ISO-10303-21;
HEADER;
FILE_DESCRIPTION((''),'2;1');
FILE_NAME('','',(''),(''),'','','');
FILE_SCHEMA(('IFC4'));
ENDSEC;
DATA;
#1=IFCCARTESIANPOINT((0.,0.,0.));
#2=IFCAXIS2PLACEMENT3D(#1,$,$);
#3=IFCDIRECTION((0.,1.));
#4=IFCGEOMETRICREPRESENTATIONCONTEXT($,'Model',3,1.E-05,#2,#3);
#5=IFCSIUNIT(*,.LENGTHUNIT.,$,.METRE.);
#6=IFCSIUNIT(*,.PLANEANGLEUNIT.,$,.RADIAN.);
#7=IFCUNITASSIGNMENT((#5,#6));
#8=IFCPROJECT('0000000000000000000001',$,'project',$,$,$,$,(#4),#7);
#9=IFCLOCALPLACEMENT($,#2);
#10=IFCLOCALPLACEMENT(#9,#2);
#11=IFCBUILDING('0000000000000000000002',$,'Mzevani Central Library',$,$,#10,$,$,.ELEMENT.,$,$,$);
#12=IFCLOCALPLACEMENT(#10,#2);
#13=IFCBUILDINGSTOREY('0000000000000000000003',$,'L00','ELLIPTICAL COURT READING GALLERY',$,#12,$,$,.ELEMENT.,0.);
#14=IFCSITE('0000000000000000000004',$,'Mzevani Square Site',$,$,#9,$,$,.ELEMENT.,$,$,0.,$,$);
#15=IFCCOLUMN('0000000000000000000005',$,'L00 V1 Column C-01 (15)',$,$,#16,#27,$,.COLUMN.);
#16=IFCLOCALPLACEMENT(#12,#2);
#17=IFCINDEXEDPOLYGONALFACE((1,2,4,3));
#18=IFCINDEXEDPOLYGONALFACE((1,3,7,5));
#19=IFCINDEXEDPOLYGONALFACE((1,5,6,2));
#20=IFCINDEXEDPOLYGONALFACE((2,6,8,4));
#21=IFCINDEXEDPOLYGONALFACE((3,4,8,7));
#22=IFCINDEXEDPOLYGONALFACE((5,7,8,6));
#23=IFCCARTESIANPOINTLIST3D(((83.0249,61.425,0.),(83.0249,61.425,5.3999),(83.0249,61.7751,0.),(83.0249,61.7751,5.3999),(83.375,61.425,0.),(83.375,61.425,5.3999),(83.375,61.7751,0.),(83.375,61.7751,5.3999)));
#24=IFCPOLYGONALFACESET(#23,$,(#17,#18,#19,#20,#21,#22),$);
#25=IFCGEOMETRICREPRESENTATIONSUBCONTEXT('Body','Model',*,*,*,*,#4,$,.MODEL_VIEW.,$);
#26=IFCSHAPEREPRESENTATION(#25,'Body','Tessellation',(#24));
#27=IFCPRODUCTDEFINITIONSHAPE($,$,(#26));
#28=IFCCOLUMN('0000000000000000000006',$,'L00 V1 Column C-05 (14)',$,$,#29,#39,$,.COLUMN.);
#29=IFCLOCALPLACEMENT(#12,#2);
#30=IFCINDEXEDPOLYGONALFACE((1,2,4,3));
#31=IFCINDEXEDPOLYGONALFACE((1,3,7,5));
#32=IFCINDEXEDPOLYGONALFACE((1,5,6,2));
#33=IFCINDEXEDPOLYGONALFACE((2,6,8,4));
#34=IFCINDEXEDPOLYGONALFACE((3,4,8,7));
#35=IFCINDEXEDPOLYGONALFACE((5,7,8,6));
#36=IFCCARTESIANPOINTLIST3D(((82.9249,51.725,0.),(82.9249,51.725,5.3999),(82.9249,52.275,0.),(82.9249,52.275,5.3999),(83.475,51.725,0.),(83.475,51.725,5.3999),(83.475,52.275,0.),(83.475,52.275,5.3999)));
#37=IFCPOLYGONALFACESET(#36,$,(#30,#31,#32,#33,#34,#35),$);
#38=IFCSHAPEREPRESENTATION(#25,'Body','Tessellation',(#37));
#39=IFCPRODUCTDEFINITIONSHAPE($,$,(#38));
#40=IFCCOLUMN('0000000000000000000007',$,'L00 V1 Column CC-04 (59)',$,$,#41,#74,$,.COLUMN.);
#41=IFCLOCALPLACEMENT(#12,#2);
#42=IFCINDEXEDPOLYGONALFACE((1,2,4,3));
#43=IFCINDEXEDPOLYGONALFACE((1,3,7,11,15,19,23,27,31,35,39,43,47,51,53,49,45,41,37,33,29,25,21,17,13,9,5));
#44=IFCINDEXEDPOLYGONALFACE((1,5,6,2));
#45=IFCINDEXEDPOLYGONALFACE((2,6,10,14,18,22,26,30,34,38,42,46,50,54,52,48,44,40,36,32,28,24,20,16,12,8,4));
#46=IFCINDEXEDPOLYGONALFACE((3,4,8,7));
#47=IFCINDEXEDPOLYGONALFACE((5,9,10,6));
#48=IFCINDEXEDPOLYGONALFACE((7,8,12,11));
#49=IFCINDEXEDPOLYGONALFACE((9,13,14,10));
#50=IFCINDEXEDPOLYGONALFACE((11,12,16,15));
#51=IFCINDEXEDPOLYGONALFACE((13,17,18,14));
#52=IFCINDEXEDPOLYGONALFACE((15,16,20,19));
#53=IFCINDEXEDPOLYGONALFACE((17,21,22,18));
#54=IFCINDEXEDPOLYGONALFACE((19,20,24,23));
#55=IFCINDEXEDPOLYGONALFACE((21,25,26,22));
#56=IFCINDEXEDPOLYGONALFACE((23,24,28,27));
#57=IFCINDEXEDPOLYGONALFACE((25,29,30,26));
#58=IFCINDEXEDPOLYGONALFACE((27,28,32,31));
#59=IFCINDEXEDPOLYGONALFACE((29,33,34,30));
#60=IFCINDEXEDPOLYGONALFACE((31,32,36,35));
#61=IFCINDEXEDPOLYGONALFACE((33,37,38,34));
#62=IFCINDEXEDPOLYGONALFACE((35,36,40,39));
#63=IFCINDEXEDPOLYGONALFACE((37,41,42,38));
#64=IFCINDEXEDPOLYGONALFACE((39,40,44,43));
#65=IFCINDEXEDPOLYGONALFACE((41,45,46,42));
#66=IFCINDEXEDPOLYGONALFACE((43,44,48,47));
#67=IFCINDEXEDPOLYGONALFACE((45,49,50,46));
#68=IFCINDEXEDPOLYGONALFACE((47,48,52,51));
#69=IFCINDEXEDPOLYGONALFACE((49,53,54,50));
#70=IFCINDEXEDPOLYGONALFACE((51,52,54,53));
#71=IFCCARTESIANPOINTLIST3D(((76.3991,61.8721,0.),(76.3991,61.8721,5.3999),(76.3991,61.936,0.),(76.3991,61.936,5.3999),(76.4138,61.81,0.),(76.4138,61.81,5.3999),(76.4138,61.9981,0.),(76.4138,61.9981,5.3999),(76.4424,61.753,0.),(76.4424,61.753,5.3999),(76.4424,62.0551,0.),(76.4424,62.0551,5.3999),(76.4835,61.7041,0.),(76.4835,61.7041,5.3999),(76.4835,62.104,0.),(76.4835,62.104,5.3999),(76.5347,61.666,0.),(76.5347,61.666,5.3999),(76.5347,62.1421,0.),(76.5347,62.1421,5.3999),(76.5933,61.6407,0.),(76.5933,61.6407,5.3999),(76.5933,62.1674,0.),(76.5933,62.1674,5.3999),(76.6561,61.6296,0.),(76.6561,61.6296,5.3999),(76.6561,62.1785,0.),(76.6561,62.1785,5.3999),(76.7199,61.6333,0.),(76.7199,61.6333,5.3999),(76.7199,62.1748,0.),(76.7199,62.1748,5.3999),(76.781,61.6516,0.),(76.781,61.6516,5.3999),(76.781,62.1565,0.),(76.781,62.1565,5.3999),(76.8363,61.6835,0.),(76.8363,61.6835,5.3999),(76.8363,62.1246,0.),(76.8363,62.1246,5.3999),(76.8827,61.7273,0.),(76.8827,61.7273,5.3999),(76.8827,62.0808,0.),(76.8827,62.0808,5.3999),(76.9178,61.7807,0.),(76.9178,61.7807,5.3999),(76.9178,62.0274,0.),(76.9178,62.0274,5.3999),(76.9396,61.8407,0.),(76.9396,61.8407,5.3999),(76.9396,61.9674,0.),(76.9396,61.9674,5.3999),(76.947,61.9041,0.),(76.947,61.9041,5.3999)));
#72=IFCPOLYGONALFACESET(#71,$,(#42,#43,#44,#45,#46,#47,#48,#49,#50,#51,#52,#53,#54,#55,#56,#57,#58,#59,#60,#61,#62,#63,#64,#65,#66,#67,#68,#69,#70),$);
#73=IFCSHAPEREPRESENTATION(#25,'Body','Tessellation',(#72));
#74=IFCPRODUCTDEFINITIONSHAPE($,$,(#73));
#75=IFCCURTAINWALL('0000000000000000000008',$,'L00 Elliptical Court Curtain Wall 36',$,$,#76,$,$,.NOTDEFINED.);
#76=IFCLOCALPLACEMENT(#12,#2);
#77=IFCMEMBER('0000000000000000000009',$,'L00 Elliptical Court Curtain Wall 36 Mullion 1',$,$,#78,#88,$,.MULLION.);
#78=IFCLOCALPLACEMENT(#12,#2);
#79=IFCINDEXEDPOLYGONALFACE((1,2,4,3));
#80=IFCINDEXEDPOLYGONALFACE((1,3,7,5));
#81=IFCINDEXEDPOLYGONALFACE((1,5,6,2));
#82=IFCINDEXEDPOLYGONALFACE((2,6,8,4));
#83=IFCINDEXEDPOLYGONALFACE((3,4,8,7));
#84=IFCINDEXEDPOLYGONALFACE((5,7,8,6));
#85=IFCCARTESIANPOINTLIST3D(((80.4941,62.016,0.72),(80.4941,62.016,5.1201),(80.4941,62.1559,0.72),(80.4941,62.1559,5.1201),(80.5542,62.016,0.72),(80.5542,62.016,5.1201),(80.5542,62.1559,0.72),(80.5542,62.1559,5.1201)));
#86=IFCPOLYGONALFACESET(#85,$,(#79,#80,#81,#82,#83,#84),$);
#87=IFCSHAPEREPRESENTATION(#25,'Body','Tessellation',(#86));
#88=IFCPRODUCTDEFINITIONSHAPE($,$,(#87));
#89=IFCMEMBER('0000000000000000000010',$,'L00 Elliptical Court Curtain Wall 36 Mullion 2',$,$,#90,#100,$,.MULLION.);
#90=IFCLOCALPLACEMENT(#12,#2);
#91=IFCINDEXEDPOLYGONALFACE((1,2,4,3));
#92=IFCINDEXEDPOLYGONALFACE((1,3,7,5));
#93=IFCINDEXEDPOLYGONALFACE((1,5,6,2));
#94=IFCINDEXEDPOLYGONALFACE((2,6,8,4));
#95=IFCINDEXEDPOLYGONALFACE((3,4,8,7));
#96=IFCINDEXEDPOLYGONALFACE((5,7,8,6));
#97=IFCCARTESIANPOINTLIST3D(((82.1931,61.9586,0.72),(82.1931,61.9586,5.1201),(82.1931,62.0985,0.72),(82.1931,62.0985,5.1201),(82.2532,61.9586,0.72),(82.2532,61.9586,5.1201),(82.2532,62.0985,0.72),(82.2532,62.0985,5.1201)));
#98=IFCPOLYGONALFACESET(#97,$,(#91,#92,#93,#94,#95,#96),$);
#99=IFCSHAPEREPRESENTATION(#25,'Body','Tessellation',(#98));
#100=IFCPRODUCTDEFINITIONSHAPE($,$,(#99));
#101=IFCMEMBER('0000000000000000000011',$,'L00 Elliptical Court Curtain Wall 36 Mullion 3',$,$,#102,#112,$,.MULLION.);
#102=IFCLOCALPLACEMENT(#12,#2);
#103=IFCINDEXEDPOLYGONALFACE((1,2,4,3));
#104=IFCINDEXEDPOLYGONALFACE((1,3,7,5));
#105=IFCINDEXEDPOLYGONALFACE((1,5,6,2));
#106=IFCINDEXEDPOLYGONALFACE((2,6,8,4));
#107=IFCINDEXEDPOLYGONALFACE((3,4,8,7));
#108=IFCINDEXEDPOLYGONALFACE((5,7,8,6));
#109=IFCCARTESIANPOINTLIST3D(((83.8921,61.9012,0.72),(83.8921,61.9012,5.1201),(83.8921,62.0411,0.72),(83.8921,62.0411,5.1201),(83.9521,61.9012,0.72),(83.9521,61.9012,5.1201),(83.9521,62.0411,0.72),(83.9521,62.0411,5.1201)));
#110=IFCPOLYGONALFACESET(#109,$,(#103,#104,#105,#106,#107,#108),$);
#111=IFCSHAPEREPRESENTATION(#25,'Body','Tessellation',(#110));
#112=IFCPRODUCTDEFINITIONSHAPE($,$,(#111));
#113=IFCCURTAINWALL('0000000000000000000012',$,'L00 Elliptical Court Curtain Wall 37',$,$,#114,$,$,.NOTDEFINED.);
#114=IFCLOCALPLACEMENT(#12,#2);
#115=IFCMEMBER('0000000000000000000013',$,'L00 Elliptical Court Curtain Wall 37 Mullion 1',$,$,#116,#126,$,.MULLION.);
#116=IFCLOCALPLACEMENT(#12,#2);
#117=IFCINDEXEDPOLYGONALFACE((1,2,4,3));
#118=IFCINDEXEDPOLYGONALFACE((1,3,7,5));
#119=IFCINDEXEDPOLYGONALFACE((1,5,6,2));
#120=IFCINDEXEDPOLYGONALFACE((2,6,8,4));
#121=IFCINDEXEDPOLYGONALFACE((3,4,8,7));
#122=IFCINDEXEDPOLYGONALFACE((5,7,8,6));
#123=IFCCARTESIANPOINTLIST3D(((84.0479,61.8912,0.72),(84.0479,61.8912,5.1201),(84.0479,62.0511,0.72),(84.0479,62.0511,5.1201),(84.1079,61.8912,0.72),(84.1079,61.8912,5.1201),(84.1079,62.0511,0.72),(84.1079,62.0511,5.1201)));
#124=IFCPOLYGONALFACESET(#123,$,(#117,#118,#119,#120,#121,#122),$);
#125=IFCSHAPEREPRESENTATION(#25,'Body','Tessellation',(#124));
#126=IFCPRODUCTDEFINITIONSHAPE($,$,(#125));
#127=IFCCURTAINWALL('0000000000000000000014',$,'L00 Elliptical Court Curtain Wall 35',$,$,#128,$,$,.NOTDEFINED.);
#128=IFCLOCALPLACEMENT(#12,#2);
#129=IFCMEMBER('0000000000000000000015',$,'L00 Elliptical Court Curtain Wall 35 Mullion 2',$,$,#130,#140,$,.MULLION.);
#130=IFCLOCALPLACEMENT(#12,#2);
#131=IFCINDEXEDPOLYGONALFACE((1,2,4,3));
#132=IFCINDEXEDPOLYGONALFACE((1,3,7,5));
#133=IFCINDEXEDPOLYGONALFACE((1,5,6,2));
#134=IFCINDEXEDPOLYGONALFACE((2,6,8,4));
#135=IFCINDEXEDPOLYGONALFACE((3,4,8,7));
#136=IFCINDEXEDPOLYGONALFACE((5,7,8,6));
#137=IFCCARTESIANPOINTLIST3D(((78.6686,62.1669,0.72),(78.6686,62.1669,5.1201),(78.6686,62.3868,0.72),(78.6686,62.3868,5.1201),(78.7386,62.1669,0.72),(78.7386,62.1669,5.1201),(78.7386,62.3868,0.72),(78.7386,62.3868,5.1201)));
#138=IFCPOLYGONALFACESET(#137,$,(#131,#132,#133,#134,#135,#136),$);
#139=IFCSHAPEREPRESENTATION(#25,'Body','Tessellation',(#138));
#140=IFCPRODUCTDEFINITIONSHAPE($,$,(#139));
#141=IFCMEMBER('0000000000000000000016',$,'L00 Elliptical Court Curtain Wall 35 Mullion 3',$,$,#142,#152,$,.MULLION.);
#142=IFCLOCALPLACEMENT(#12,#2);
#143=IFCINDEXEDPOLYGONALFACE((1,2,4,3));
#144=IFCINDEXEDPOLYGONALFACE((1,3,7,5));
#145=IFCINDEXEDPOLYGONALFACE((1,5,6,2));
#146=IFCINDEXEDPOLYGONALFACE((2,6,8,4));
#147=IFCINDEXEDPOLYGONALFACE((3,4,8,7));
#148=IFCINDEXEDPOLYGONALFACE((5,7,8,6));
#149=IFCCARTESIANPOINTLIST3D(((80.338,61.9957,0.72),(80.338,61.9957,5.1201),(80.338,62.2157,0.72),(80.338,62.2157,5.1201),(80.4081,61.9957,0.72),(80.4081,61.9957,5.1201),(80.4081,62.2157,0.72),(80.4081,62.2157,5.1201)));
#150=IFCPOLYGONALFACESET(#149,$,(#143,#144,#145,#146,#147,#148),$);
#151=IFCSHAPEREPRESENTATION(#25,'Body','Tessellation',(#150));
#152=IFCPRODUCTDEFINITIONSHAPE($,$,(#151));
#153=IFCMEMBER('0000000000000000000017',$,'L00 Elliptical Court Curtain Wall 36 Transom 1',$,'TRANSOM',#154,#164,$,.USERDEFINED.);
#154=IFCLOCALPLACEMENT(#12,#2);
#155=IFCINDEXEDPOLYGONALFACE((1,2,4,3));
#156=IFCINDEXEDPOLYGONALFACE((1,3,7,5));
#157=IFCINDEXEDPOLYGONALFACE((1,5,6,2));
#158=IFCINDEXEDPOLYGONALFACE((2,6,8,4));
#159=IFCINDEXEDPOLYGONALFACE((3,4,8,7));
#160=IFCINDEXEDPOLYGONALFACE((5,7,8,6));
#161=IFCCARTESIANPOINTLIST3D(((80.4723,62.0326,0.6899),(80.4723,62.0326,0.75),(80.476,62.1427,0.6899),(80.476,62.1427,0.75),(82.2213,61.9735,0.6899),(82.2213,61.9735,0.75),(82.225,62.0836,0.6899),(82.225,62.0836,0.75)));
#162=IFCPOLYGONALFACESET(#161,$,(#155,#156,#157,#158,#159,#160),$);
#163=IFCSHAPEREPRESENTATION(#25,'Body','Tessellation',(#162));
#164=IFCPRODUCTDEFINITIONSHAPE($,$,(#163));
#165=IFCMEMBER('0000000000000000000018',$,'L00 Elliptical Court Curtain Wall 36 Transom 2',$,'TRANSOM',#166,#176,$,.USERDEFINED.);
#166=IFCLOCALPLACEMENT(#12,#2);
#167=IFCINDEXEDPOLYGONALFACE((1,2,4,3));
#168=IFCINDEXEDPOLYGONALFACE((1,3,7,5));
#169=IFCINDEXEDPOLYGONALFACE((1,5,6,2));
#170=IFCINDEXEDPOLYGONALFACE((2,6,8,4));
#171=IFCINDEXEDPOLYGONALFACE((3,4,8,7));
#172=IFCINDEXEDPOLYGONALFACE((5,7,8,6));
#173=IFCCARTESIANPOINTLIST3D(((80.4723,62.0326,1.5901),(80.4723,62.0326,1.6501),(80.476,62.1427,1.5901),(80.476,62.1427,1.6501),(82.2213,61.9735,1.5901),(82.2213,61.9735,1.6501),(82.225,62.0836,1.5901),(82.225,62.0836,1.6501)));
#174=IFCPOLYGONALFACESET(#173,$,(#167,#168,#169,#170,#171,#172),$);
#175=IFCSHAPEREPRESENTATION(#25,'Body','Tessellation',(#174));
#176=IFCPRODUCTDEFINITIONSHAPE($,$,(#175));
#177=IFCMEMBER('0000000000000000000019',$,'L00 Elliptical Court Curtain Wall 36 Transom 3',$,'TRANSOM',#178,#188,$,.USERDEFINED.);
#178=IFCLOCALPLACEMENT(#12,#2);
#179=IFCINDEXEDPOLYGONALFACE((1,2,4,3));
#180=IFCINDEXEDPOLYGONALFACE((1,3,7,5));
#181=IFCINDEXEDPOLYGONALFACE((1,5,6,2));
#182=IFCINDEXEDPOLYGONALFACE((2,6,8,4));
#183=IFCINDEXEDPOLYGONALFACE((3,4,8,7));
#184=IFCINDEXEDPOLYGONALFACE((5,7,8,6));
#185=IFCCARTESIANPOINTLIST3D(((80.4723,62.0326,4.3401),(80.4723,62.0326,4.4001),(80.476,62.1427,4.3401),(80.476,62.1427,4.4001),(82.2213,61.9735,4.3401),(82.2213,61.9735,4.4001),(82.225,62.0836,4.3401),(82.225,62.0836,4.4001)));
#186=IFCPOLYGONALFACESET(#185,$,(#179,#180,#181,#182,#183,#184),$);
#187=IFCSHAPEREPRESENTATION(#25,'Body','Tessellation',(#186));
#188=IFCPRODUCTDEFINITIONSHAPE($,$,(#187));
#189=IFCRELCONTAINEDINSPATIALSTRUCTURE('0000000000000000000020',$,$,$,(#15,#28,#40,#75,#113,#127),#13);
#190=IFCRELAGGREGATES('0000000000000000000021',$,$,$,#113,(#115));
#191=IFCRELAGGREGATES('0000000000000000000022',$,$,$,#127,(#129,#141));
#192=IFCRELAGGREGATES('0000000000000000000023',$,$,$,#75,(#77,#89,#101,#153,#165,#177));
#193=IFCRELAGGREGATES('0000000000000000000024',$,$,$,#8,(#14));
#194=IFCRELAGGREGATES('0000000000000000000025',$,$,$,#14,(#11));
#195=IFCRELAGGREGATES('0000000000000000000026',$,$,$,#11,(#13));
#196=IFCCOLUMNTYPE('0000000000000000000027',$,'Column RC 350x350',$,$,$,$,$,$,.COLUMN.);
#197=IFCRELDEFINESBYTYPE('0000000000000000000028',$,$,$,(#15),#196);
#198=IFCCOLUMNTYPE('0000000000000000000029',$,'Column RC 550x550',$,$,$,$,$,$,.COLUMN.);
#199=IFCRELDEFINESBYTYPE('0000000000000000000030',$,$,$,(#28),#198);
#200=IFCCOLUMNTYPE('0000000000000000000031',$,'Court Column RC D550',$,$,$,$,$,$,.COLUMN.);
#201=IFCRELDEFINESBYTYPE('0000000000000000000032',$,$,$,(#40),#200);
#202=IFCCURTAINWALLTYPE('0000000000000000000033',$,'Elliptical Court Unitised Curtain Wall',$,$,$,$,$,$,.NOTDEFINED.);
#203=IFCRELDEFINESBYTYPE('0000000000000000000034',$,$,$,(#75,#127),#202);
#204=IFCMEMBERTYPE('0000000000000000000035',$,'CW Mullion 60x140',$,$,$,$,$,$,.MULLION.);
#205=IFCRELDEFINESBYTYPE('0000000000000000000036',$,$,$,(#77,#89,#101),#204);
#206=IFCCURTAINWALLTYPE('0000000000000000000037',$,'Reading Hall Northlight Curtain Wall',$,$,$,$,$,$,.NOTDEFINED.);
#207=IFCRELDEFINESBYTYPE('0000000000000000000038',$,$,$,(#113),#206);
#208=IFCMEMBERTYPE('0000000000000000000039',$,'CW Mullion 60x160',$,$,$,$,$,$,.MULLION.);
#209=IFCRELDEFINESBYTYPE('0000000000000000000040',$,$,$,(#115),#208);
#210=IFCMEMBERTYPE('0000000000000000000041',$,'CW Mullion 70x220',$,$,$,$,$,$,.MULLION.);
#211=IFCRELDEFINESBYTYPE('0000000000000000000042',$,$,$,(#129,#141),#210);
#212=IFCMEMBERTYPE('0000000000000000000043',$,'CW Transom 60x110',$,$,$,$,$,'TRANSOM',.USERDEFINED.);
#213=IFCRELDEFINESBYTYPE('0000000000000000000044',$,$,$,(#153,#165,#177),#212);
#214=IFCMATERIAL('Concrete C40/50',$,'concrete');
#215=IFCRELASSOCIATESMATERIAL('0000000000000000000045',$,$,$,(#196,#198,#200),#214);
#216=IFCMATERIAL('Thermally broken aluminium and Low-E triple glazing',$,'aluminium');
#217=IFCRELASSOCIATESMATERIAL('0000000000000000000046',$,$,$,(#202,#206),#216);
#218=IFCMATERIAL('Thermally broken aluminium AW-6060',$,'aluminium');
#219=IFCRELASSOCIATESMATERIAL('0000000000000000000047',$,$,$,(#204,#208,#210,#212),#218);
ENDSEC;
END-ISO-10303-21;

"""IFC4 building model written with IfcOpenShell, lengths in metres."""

from ifc_helpers import new_model, si_unit, direction, frame, origin, origin_2d, place, context, subcontext, project, spatial, rectangle, circle, extrude, material, material_profile, profile_set, type_object, element, aggregate, save


model = new_model("IFC4")

# Units and contexts
model_context = context("Model", 3, precision=1e-05, world=origin(), true_north=direction((0.0, 1.0)))
body_context = subcontext(model_context, "Body", "Model", "MODEL_VIEW")
ifc_project = project(units=[si_unit("LENGTHUNIT", "METRE"), si_unit("PLANEANGLEUNIT", "RADIAN")], contexts=[model_context])

# Site, building, storey
site_placement = place(None, origin())
site = spatial("IfcSite", under=ifc_project, at=site_placement, Name="Mzevani Square Site", CompositionType="ELEMENT", RefElevation=0.0)
building_placement = place(site_placement, origin())
building = spatial("IfcBuilding", under=site, at=building_placement, Name="Mzevani Central Library", CompositionType="ELEMENT")
storey_placement = place(building_placement, origin())
storey = spatial("IfcBuildingStorey", under=building, at=storey_placement, Name="L00", Description="ELLIPTICAL COURT READING GALLERY", CompositionType="ELEMENT", Elevation=0.0)

# Columns
ifc_material_1 = material(Name="Concrete C40/50", Category="concrete")
ifc_material_profile_1 = material_profile(ifc_material_1, rectangle(XDim=0.3501, YDim=0.3501, at=origin_2d()), Name="RC 350x350")
ifc_profile_set_1 = profile_set([ifc_material_profile_1], Name="Concrete C40/50")
column_type_1 = type_object("IfcColumnType", Name="Column RC 350x350", PredefinedType="COLUMN", material=ifc_profile_set_1)
column_1_placement = place(storey_placement, frame((83.2, 61.6001, 0.0), z_axis=(0.0, 0.0, 1.0), x_axis=(1.0, 0.0, 0.0)))
element("IfcColumn", 1, at=column_1_placement, inside=storey, type_object=column_type_1, Name="L00 V1 Column C-01 (15)", PredefinedType="COLUMN", context=body_context, shape_type="SweptSolid", body=[
    extrude(rectangle(XDim=0.3501, YDim=0.3501, at=origin_2d()), origin(), (0.0, 0.0, 1.0), 5.3999),
])
ifc_material_profile_2 = material_profile(ifc_material_1, rectangle(XDim=0.55, YDim=0.55, at=origin_2d()), Name="RC 550x550")
ifc_profile_set_2 = profile_set([ifc_material_profile_2], Name="Concrete C40/50")
column_type_2 = type_object("IfcColumnType", Name="Column RC 550x550", PredefinedType="COLUMN", material=ifc_profile_set_2)
column_2_placement = place(storey_placement, frame((83.2, 52.0, 0.0), z_axis=(0.0, 0.0, 1.0), x_axis=(1.0, 0.0, 0.0)))
element("IfcColumn", 2, at=column_2_placement, inside=storey, type_object=column_type_2, Name="L00 V1 Column C-05 (14)", PredefinedType="COLUMN", context=body_context, shape_type="SweptSolid", body=[
    extrude(rectangle(XDim=0.55, YDim=0.55, at=origin_2d()), origin(), (0.0, 0.0, 1.0), 5.3999),
])
ifc_material_profile_3 = material_profile(ifc_material_1, circle(Radius=0.2749, at=origin_2d()), Name="RC D550")
ifc_profile_set_3 = profile_set([ifc_material_profile_3], Name="Concrete C40/50")
column_type_3 = type_object("IfcColumnType", Name="Court Column RC D550", PredefinedType="COLUMN", material=ifc_profile_set_3)
column_3_placement = place(storey_placement, frame((76.6721, 61.9041, 0.0), z_axis=(0.0, 0.0, 1.0), x_axis=(1.0, 0.0, 0.0)))
element("IfcColumn", 3, at=column_3_placement, inside=storey, type_object=column_type_3, Name="L00 V1 Column CC-04 (59)", PredefinedType="COLUMN", context=body_context, shape_type="SweptSolid", body=[
    extrude(circle(Radius=0.2749, at=origin_2d()), origin(), (0.0, 0.0, 1.0), 5.3999),
])

# Curtain wall, members
ifc_material_2 = material(Name="Thermally broken aluminium and Low-E triple glazing", Category="aluminium")
curtain_wall_type_1 = type_object("IfcCurtainWallType", Name="Elliptical Court Unitised Curtain Wall", PredefinedType="NOTDEFINED", material=ifc_material_2)
curtain_wall_1_placement = place(storey_placement, origin())
curtain_wall_1 = element("IfcCurtainWall", 4, at=curtain_wall_1_placement, inside=storey, type_object=curtain_wall_type_1, Name="L00 Elliptical Court Curtain Wall 36", PredefinedType="NOTDEFINED")
ifc_material_3 = material(Name="Thermally broken aluminium AW-6060", Category="aluminium")
ifc_material_profile_4 = material_profile(ifc_material_3, rectangle(XDim=0.0601, YDim=0.1399, at=origin_2d()), Name="ALU M60x140")
ifc_profile_set_4 = profile_set([ifc_material_profile_4], Name="Thermally broken aluminium AW-6060")
member_type_1 = type_object("IfcMemberType", Name="CW Mullion 60x140", PredefinedType="MULLION", material=ifc_profile_set_4)
member_1_placement = place(storey_placement, frame((80.5242, 62.0859, 0.72), z_axis=(0.0, 0.0, 1.0), x_axis=(1.0, 0.0, 0.0)))
member_1 = element("IfcMember", 5, at=member_1_placement, type_object=member_type_1, Name="L00 Elliptical Court Curtain Wall 36 Mullion 1", PredefinedType="MULLION", context=body_context, shape_type="SweptSolid", body=[
    extrude(rectangle(XDim=0.0601, YDim=0.1399, at=origin_2d()), origin(), (0.0, 0.0, 1.0), 4.4001),
])
member_2_placement = place(storey_placement, frame((82.2231, 62.0286, 0.72), z_axis=(0.0, 0.0, 1.0), x_axis=(1.0, 0.0, 0.0)))
member_2 = element("IfcMember", 6, at=member_2_placement, type_object=member_type_1, Name="L00 Elliptical Court Curtain Wall 36 Mullion 2", PredefinedType="MULLION", context=body_context, shape_type="SweptSolid", body=[
    extrude(rectangle(XDim=0.0601, YDim=0.1399, at=origin_2d()), origin(), (0.0, 0.0, 1.0), 4.4001),
])
member_3_placement = place(storey_placement, frame((83.9221, 61.9712, 0.72), z_axis=(0.0, 0.0, 1.0), x_axis=(1.0, 0.0, 0.0)))
member_3 = element("IfcMember", 7, at=member_3_placement, type_object=member_type_1, Name="L00 Elliptical Court Curtain Wall 36 Mullion 3", PredefinedType="MULLION", context=body_context, shape_type="SweptSolid", body=[
    extrude(rectangle(XDim=0.0601, YDim=0.1399, at=origin_2d()), origin(), (0.0, 0.0, 1.0), 4.4001),
])

# Curtain wall, member
curtain_wall_type_2 = type_object("IfcCurtainWallType", Name="Reading Hall Northlight Curtain Wall", PredefinedType="NOTDEFINED", material=ifc_material_2)
curtain_wall_2_placement = place(storey_placement, origin())
curtain_wall_2 = element("IfcCurtainWall", 8, at=curtain_wall_2_placement, inside=storey, type_object=curtain_wall_type_2, Name="L00 Elliptical Court Curtain Wall 37", PredefinedType="NOTDEFINED")
ifc_material_profile_5 = material_profile(ifc_material_3, rectangle(XDim=0.0601, YDim=0.1599, at=origin_2d()), Name="ALU M60x160")
ifc_profile_set_5 = profile_set([ifc_material_profile_5], Name="Thermally broken aluminium AW-6060")
member_type_2 = type_object("IfcMemberType", Name="CW Mullion 60x160", PredefinedType="MULLION", material=ifc_profile_set_5)
member_4_placement = place(storey_placement, frame((84.0779, 61.9712, 0.72), z_axis=(0.0, 0.0, 1.0), x_axis=(1.0, 0.0, 0.0)))
member_4 = element("IfcMember", 9, at=member_4_placement, type_object=member_type_2, Name="L00 Elliptical Court Curtain Wall 37 Mullion 1", PredefinedType="MULLION", context=body_context, shape_type="SweptSolid", body=[
    extrude(rectangle(XDim=0.0601, YDim=0.1599, at=origin_2d()), origin(), (0.0, 0.0, 1.0), 4.4001),
])

# Curtain wall, members
curtain_wall_3_placement = place(storey_placement, origin())
curtain_wall_3 = element("IfcCurtainWall", 10, at=curtain_wall_3_placement, inside=storey, type_object=curtain_wall_type_1, Name="L00 Elliptical Court Curtain Wall 35", PredefinedType="NOTDEFINED")
ifc_material_profile_6 = material_profile(ifc_material_3, rectangle(XDim=0.0701, YDim=0.22, at=origin_2d()), Name="ALU M70x220")
ifc_profile_set_6 = profile_set([ifc_material_profile_6], Name="Thermally broken aluminium AW-6060")
member_type_3 = type_object("IfcMemberType", Name="CW Mullion 70x220", PredefinedType="MULLION", material=ifc_profile_set_6)
member_5_placement = place(storey_placement, frame((78.7036, 62.2769, 0.72), z_axis=(0.0, 0.0, 1.0), x_axis=(1.0, 0.0, 0.0)))
member_5 = element("IfcMember", 11, at=member_5_placement, type_object=member_type_3, Name="L00 Elliptical Court Curtain Wall 35 Mullion 2", PredefinedType="MULLION", context=body_context, shape_type="SweptSolid", body=[
    extrude(rectangle(XDim=0.0701, YDim=0.22, at=origin_2d()), origin(), (0.0, 0.0, 1.0), 4.4001),
])
member_6_placement = place(storey_placement, frame((80.373, 62.1057, 0.72), z_axis=(0.0, 0.0, 1.0), x_axis=(1.0, 0.0, 0.0)))
member_6 = element("IfcMember", 12, at=member_6_placement, type_object=member_type_3, Name="L00 Elliptical Court Curtain Wall 35 Mullion 3", PredefinedType="MULLION", context=body_context, shape_type="SweptSolid", body=[
    extrude(rectangle(XDim=0.0701, YDim=0.22, at=origin_2d()), origin(), (0.0, 0.0, 1.0), 4.4001),
])

# Members
ifc_material_profile_7 = material_profile(ifc_material_3, rectangle(XDim=0.1101, YDim=0.0601, at=origin_2d()), Name="ALU T60x110")
ifc_profile_set_7 = profile_set([ifc_material_profile_7], Name="Thermally broken aluminium AW-6060")
member_type_4 = type_object("IfcMemberType", Name="CW Transom 60x110", ElementType="TRANSOM", PredefinedType="USERDEFINED", material=ifc_profile_set_7)
member_7_placement = place(storey_placement, frame((80.4741, 62.0876, 0.72), z_axis=(0.99943, -0.033761, 0.0), x_axis=(0.033761, 0.99943, 0.0)))
member_7 = element("IfcMember", 13, at=member_7_placement, type_object=member_type_4, Name="L00 Elliptical Court Curtain Wall 36 Transom 1", ObjectType="TRANSOM", PredefinedType="USERDEFINED", context=body_context, shape_type="SweptSolid", body=[
    extrude(rectangle(XDim=0.1101, YDim=0.0601, at=origin_2d()), origin(), (0.0, 0.0, 1.0), 1.75),
])
member_8_placement = place(storey_placement, frame((80.4741, 62.0876, 1.6201), z_axis=(0.99943, -0.033761, 0.0), x_axis=(0.033761, 0.99943, 0.0)))
member_8 = element("IfcMember", 14, at=member_8_placement, type_object=member_type_4, Name="L00 Elliptical Court Curtain Wall 36 Transom 2", ObjectType="TRANSOM", PredefinedType="USERDEFINED", context=body_context, shape_type="SweptSolid", body=[
    extrude(rectangle(XDim=0.1101, YDim=0.0601, at=origin_2d()), origin(), (0.0, 0.0, 1.0), 1.75),
])
member_9_placement = place(storey_placement, frame((80.4741, 62.0876, 4.3701), z_axis=(0.99943, -0.033761, 0.0), x_axis=(0.033761, 0.99943, 0.0)))
member_9 = element("IfcMember", 15, at=member_9_placement, type_object=member_type_4, Name="L00 Elliptical Court Curtain Wall 36 Transom 3", ObjectType="TRANSOM", PredefinedType="USERDEFINED", context=body_context, shape_type="SweptSolid", body=[
    extrude(rectangle(XDim=0.1101, YDim=0.0601, at=origin_2d()), origin(), (0.0, 0.0, 1.0), 1.75),
])
aggregate(curtain_wall_2, [member_4])

aggregate(curtain_wall_3, [member_5, member_6])
aggregate(curtain_wall_1, [member_1, member_2, member_3, member_7, member_8, member_9])

save(model, "model.ifc")
